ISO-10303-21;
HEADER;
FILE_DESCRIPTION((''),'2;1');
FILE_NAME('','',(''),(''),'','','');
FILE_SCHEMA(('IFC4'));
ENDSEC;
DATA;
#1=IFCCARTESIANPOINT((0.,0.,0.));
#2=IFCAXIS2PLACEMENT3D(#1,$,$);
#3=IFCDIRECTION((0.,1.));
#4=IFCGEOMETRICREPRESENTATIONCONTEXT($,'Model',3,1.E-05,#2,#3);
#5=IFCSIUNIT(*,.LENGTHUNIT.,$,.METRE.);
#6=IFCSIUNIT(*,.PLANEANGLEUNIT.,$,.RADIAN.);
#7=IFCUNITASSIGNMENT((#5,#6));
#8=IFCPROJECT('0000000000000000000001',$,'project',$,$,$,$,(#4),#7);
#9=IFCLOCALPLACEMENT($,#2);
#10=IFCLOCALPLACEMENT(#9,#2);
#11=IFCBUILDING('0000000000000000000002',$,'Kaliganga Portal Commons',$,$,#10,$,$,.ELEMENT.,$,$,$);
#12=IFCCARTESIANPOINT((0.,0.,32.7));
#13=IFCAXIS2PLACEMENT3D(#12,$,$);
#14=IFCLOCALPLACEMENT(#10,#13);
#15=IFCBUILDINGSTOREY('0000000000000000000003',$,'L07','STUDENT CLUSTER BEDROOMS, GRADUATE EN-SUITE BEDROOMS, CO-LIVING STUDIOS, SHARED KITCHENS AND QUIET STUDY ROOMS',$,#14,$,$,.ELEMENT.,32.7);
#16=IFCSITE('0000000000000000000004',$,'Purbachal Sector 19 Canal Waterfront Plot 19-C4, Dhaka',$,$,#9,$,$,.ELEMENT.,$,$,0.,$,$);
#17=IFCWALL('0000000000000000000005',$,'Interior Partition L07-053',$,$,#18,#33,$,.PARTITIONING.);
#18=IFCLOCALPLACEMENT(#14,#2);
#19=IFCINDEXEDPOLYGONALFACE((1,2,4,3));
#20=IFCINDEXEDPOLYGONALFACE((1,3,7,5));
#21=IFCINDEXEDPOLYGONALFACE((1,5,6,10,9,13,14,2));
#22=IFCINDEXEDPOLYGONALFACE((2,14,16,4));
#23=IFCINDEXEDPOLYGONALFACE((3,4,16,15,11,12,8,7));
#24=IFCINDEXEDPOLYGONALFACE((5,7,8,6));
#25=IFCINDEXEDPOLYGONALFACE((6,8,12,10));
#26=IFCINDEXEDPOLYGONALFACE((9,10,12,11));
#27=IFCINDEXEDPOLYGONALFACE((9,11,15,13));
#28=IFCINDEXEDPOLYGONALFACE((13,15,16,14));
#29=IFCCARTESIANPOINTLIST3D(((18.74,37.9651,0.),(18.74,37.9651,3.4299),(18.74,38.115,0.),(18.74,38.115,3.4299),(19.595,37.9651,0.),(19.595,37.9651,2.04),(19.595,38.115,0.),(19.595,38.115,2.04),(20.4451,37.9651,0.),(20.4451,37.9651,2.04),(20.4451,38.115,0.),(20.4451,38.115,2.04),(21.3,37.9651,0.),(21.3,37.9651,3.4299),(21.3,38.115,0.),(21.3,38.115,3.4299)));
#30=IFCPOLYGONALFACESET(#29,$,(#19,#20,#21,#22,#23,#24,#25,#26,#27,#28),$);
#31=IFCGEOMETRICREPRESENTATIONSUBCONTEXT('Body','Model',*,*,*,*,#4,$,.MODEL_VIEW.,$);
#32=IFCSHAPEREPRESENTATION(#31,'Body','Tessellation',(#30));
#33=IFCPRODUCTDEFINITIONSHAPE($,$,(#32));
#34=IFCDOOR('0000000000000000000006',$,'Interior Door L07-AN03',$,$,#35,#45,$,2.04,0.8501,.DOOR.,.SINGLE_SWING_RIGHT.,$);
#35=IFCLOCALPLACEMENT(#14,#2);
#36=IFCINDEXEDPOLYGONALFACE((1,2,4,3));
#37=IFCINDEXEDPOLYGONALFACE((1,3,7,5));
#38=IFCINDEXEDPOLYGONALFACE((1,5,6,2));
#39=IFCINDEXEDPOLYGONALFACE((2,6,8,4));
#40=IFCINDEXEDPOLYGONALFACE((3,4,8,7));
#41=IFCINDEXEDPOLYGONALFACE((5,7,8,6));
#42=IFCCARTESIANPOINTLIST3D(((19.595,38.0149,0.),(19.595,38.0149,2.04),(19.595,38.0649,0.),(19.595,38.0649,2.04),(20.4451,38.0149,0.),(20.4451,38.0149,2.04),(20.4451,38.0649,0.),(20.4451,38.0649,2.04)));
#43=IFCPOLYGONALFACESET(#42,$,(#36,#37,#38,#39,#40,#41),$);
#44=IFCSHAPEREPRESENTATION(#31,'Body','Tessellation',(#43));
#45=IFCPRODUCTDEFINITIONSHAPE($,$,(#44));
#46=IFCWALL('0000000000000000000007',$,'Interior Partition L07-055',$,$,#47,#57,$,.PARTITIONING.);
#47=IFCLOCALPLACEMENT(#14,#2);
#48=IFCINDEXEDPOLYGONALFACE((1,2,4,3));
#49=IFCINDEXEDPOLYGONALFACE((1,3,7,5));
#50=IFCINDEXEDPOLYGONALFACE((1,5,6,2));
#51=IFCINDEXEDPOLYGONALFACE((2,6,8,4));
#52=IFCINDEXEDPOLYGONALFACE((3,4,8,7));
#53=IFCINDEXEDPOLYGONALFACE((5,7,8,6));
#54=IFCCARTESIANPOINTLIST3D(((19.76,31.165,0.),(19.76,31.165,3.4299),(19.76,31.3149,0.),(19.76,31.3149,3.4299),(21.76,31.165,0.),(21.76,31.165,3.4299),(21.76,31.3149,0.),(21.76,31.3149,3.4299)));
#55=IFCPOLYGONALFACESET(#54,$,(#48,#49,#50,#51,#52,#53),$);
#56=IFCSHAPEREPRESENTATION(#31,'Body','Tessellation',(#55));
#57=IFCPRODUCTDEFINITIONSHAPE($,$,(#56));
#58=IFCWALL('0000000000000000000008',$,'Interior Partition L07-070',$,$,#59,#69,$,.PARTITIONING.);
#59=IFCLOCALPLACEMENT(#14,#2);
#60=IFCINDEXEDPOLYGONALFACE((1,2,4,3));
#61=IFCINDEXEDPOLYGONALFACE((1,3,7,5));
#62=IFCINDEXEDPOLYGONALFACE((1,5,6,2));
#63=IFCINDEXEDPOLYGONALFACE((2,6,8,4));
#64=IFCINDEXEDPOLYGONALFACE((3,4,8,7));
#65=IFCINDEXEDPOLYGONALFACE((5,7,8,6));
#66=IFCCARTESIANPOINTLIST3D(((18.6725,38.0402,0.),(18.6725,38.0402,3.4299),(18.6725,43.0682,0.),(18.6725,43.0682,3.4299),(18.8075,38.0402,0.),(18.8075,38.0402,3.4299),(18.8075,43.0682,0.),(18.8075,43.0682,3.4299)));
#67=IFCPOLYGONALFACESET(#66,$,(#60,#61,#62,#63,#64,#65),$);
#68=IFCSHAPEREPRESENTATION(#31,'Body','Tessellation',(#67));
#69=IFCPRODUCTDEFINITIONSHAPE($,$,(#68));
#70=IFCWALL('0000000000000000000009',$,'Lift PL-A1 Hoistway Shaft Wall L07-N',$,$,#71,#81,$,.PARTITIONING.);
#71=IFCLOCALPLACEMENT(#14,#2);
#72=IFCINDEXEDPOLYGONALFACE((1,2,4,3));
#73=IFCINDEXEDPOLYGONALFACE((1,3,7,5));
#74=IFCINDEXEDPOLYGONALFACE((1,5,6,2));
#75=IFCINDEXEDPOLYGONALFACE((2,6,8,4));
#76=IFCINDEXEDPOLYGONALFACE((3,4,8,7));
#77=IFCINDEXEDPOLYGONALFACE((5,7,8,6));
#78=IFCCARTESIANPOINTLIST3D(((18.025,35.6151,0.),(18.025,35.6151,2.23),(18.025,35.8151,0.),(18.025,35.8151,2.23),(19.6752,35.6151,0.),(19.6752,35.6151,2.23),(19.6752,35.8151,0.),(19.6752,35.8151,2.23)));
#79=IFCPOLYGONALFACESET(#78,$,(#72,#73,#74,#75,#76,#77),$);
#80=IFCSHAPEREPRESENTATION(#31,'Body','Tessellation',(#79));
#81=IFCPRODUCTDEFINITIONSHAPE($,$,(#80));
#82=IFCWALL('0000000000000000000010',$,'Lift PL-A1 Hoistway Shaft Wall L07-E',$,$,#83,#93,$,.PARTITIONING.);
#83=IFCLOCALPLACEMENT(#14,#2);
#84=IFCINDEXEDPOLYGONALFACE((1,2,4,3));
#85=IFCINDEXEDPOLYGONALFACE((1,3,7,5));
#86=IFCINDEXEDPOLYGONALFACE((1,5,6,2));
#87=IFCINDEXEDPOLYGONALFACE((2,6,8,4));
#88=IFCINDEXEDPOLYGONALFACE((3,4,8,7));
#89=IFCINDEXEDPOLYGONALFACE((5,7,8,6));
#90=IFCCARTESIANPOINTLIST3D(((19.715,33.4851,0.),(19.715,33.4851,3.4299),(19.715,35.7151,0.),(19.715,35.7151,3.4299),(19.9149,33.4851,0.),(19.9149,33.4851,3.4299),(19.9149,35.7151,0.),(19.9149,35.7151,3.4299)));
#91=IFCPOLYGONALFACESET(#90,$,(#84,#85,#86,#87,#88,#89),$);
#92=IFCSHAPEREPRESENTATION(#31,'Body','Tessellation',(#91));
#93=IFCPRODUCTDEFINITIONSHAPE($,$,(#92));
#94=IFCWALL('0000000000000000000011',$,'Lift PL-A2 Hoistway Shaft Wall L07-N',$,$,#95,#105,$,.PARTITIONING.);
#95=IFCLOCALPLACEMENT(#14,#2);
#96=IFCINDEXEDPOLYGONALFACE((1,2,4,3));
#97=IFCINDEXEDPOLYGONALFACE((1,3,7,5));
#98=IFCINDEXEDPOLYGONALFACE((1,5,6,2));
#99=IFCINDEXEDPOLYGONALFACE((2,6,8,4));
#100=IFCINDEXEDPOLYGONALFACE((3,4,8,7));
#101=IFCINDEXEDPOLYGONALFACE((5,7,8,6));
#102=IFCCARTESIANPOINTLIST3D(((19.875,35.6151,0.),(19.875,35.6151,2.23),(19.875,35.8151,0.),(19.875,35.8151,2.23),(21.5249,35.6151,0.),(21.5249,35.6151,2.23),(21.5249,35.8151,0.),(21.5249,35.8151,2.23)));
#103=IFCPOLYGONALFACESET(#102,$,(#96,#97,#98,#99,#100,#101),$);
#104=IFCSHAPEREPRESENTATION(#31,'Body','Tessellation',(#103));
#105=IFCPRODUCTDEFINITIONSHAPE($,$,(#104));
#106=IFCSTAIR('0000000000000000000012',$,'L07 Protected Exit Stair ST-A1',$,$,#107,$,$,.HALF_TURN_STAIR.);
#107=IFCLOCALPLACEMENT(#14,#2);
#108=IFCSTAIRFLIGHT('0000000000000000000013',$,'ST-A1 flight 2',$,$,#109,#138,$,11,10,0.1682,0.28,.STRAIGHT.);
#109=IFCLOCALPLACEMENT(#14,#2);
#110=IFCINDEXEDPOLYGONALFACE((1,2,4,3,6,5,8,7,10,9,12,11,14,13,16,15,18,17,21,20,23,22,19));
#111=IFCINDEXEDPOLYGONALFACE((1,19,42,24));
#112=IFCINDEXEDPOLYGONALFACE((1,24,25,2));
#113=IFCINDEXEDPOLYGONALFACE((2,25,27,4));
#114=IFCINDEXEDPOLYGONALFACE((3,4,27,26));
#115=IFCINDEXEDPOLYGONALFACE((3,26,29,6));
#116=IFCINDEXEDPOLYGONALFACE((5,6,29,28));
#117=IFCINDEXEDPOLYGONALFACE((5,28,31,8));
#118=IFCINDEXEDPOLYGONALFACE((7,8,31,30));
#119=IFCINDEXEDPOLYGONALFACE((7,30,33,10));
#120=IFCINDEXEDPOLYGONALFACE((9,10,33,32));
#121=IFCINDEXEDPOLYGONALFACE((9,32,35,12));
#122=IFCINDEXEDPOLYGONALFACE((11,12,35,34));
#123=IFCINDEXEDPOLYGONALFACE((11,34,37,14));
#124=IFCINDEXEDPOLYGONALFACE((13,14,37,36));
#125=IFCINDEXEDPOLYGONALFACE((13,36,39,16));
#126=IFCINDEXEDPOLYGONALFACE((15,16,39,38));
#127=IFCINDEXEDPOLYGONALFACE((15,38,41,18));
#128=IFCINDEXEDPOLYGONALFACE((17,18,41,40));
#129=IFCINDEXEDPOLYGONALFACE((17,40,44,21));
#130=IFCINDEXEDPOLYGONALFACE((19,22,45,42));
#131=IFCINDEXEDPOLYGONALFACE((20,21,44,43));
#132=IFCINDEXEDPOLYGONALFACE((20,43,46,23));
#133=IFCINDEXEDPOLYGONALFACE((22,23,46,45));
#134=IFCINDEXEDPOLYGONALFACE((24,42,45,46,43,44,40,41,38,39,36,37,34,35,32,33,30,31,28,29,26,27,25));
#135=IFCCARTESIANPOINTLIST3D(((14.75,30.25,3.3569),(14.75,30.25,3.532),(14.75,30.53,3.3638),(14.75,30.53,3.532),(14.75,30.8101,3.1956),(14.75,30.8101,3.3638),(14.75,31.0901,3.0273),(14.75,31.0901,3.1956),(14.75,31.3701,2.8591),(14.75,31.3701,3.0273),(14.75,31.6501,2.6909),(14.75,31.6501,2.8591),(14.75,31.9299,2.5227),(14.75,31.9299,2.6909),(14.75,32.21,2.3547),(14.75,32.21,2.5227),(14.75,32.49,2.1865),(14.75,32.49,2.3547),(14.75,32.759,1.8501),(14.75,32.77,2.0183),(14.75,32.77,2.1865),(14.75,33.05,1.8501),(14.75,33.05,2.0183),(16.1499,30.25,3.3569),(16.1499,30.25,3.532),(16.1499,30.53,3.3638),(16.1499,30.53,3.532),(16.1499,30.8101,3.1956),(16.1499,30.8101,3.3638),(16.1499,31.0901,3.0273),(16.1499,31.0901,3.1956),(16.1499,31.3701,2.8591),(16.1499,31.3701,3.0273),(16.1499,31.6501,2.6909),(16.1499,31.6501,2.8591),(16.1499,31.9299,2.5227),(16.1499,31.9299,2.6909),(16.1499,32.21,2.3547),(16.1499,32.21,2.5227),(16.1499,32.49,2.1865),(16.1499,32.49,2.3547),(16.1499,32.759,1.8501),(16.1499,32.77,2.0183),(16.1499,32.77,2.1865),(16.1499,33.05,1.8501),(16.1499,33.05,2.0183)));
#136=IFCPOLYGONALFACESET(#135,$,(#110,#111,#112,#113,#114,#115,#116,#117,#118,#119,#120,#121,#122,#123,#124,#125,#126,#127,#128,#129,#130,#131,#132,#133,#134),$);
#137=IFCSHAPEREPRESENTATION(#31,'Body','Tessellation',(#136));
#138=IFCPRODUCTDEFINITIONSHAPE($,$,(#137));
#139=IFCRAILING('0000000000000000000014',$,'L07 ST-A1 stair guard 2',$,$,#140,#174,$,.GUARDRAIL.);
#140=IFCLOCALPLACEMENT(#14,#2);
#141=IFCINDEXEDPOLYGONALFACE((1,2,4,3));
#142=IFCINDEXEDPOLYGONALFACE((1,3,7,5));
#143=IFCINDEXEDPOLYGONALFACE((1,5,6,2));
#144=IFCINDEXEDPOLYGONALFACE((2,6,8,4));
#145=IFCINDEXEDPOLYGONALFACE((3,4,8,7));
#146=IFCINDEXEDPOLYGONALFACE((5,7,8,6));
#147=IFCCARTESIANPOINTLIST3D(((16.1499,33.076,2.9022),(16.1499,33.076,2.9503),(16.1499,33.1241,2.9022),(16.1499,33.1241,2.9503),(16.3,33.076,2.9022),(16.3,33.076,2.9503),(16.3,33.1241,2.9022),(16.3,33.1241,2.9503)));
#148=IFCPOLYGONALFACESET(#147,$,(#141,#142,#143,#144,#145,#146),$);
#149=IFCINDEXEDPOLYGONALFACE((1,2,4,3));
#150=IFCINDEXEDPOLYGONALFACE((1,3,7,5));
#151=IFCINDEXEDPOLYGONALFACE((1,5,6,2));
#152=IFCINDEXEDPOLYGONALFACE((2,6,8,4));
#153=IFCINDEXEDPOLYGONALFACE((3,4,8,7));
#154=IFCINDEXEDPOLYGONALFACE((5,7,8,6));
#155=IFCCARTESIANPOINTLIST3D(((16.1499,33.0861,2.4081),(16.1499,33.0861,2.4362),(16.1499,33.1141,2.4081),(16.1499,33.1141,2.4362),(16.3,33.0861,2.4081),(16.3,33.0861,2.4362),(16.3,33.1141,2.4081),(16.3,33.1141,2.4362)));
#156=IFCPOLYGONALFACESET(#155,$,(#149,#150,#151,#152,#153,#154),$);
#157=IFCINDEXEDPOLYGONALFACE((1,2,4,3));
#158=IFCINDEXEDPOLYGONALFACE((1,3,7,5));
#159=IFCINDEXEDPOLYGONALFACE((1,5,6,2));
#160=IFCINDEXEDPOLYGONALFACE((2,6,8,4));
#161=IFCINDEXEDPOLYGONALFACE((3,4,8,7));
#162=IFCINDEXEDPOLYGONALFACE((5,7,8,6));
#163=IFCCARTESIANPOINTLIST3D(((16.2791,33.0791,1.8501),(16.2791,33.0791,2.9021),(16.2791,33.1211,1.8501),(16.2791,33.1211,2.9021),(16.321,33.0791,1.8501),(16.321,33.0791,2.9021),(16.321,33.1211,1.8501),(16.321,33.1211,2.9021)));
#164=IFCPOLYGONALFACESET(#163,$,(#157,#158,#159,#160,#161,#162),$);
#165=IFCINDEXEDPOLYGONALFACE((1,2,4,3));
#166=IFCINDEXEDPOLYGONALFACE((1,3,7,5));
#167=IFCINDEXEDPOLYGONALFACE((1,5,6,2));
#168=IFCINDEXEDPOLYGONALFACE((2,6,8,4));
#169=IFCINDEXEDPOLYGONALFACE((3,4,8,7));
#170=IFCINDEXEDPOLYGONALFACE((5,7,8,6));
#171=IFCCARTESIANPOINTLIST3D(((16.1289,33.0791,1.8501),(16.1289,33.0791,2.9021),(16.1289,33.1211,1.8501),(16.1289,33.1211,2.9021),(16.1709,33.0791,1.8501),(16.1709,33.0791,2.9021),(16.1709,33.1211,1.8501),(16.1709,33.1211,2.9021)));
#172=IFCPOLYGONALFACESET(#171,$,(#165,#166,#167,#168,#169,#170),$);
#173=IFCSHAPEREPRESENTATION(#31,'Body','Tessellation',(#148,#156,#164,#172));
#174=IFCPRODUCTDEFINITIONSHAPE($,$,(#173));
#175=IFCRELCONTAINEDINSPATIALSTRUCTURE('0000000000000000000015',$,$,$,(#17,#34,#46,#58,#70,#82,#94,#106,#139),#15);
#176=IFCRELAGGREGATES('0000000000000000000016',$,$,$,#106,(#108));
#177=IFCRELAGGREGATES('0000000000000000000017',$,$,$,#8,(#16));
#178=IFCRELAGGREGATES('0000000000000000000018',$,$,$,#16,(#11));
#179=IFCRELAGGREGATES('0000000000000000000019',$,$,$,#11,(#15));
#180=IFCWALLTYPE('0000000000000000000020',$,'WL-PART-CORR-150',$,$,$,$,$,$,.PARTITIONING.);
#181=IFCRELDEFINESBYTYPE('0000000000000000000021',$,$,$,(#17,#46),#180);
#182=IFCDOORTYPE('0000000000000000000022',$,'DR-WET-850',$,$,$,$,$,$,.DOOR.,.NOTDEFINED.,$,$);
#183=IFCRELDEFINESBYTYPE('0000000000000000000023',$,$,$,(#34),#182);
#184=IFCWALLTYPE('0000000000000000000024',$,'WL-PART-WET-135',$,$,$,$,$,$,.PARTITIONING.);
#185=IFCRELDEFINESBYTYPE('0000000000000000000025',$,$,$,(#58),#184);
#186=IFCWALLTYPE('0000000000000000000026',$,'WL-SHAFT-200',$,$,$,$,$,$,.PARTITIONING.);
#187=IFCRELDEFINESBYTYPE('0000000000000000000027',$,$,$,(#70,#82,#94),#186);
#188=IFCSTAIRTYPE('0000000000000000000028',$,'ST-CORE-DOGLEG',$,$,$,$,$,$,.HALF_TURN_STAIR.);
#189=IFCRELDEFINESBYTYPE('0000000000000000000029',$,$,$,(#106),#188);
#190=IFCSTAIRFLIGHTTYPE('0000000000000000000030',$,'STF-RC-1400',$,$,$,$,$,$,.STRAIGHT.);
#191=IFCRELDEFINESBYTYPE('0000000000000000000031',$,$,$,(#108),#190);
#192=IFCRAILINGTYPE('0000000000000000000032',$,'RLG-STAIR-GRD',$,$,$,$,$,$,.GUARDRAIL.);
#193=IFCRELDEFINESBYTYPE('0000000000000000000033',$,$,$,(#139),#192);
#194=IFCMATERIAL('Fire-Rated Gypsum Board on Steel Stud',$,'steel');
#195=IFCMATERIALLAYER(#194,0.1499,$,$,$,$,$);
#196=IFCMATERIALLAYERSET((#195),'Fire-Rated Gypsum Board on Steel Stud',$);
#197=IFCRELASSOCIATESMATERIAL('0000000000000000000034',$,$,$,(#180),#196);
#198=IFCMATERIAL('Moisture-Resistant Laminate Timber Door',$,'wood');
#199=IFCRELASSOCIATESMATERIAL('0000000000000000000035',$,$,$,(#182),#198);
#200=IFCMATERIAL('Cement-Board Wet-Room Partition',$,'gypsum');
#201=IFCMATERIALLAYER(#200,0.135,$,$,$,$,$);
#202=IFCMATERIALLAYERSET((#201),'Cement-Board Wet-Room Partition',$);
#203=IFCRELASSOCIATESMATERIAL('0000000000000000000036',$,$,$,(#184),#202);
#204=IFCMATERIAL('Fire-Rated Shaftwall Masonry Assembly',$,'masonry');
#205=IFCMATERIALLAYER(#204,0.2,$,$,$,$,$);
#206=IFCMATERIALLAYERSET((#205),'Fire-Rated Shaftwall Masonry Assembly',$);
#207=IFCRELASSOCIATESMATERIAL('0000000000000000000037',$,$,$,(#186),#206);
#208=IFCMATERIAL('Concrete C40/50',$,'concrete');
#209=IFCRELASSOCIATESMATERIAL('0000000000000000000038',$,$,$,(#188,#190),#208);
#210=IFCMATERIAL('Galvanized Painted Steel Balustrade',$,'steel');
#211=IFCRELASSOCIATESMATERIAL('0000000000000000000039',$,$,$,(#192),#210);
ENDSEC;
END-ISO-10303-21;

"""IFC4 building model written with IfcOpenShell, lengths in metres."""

from ifc_helpers import new_model, si_unit, direction, frame, frame_2d, origin, origin_2d, place, context, subcontext, project, spatial, polyline, rectangle, outline, extrude, material, layer, layer_set, type_object, element, fill, aggregate, save


model = new_model("IFC4")

# Units and contexts
model_context = context("Model", 3, precision=1e-05, world=origin(), true_north=direction((0.0, 1.0)))
body_context = subcontext(model_context, "Body", "Model", "MODEL_VIEW")
ifc_project = project(units=[si_unit("LENGTHUNIT", "METRE"), si_unit("PLANEANGLEUNIT", "RADIAN")], contexts=[model_context])

# Site, building, storey
site_placement = place(None, origin())
site = spatial("IfcSite", under=ifc_project, at=site_placement, Name="Purbachal Sector 19 Canal Waterfront Plot 19-C4, Dhaka", CompositionType="ELEMENT", RefElevation=0.0)
building_placement = place(site_placement, origin())
building = spatial("IfcBuilding", under=site, at=building_placement, Name="Kaliganga Portal Commons", CompositionType="ELEMENT")
storey_placement = place(building_placement, frame((0.0, 0.0, 32.7)))
storey = spatial("IfcBuildingStorey", under=building, at=storey_placement, Name="L07", Description="STUDENT CLUSTER BEDROOMS, GRADUATE EN-SUITE BEDROOMS, CO-LIVING STUDIOS, SHARED KITCHENS AND QUIET STUDY ROOMS", CompositionType="ELEMENT", Elevation=32.7)

# Wall, opening, door
ifc_material_1 = material(Name="Fire-Rated Gypsum Board on Steel Stud", Category="steel")
ifc_layer_1 = layer(ifc_material_1, 0.1499)
ifc_layer_set_1 = layer_set([ifc_layer_1], Name="Fire-Rated Gypsum Board on Steel Stud")
wall_type_1 = type_object("IfcWallType", Name="WL-PART-CORR-150", PredefinedType="PARTITIONING", material=ifc_layer_set_1)
wall_1_placement = place(storey_placement, frame((18.74, 38.04, 0.0), z_axis=(0.0, 0.0, 1.0), x_axis=(1.0, 0.0, 0.0)))
wall_1 = element("IfcWall", 1, at=wall_1_placement, inside=storey, type_object=wall_type_1, Name="Interior Partition L07-053", PredefinedType="PARTITIONING", context=body_context, shape_type="SweptSolid", body=[
    extrude(rectangle(XDim=2.5601, YDim=0.1499, at=frame_2d((1.28, 0.0))), origin(), (0.0, 0.0, 1.0), 3.4299),
])
opening_1_placement = place(wall_1_placement, frame((0.855, 0.0, 0.0)))
opening_1 = element("IfcOpeningElement", 2, at=opening_1_placement, cuts=wall_1, PredefinedType="OPENING", context=body_context, shape_type="SweptSolid", body=[
    extrude(rectangle(XDim=0.8501, YDim=2.04, at=frame_2d((0.425, 1.02))), frame((0.0, 0.085, 0.0), z_axis=(0.0, -1.0, 0.0), x_axis=(1.0, 0.0, 0.0)), (0.0, 0.0, 1.0), 0.1699),
])
ifc_material_2 = material(Name="Moisture-Resistant Laminate Timber Door", Category="wood")
door_type_1 = type_object("IfcDoorType", Name="DR-WET-850", OperationType="NOTDEFINED", PredefinedType="DOOR", material=ifc_material_2)
door_1_placement = place(opening_1_placement, origin())
door_1 = element("IfcDoor", 3, at=door_1_placement, inside=storey, type_object=door_type_1, Name="Interior Door L07-AN03", OperationType="SINGLE_SWING_RIGHT", OverallHeight=2.04, OverallWidth=0.8501, PredefinedType="DOOR", context=body_context, shape_type="SweptSolid", body=[
    extrude(rectangle(XDim=0.8501, YDim=2.04, at=frame_2d((0.425, 1.02))), frame((0.0, 0.0249, 0.0), z_axis=(0.0, -1.0, 0.0), x_axis=(1.0, 0.0, 0.0)), (0.0, 0.0, 1.0), 0.05),
])
fill(opening_1, door_1)

# Walls
wall_2_placement = place(storey_placement, frame((19.76, 31.24, 0.0), z_axis=(0.0, 0.0, 1.0), x_axis=(1.0, 0.0, 0.0)))
element("IfcWall", 4, at=wall_2_placement, inside=storey, type_object=wall_type_1, Name="Interior Partition L07-055", PredefinedType="PARTITIONING", context=body_context, shape_type="SweptSolid", body=[
    extrude(rectangle(XDim=2.0, YDim=0.1499, at=frame_2d((1.0, 0.0))), origin(), (0.0, 0.0, 1.0), 3.4299),
])
ifc_material_3 = material(Name="Cement-Board Wet-Room Partition", Category="gypsum")
ifc_layer_2 = layer(ifc_material_3, 0.135)
ifc_layer_set_2 = layer_set([ifc_layer_2], Name="Cement-Board Wet-Room Partition")
wall_type_2 = type_object("IfcWallType", Name="WL-PART-WET-135", PredefinedType="PARTITIONING", material=ifc_layer_set_2)
wall_3_placement = place(storey_placement, frame((18.74, 38.04, 0.0), z_axis=(0.0, 0.0, 1.0), x_axis=(0.0, 1.0, 0.0)))
element("IfcWall", 5, at=wall_3_placement, inside=storey, type_object=wall_type_2, Name="Interior Partition L07-070", PredefinedType="PARTITIONING", context=body_context, shape_type="SweptSolid", body=[
    extrude(rectangle(XDim=5.0281, YDim=0.135, at=frame_2d((2.5142, 0.0))), origin(), (0.0, 0.0, 1.0), 3.4299),
])

# Shared definitions
ifc_material_4 = material(Name="Fire-Rated Shaftwall Masonry Assembly", Category="masonry")
ifc_layer_3 = layer(ifc_material_4, 0.2)
ifc_layer_set_3 = layer_set([ifc_layer_3], Name="Fire-Rated Shaftwall Masonry Assembly")
wall_type_3 = type_object("IfcWallType", Name="WL-SHAFT-200", PredefinedType="PARTITIONING", material=ifc_layer_set_3)

# Walls
wall_4_placement = place(storey_placement, frame((18.0249, 35.7151, 0.0), z_axis=(0.0, 0.0, 1.0), x_axis=(1.0, 0.0, 0.0)))
element("IfcWall", 6, at=wall_4_placement, inside=storey, type_object=wall_type_3, Name="Lift PL-A1 Hoistway Shaft Wall L07-N", PredefinedType="PARTITIONING", context=body_context, shape_type="SweptSolid", body=[
    extrude(rectangle(XDim=1.6501, YDim=0.2, at=frame_2d((0.8252, 0.0))), origin(), (0.0, 0.0, 1.0), 2.23),
])
wall_5_placement = place(storey_placement, frame((19.8149, 33.4851, 0.0), z_axis=(0.0, 0.0, 1.0), x_axis=(0.0, 1.0, 0.0)))
element("IfcWall", 7, at=wall_5_placement, inside=storey, type_object=wall_type_3, Name="Lift PL-A1 Hoistway Shaft Wall L07-E", PredefinedType="PARTITIONING", context=body_context, shape_type="SweptSolid", body=[
    extrude(rectangle(XDim=2.23, YDim=0.2, at=frame_2d((1.115, 0.0))), origin(), (0.0, 0.0, 1.0), 3.4299),
])

# Wall
wall_6_placement = place(storey_placement, frame((19.875, 35.7151, 0.0), z_axis=(0.0, 0.0, 1.0), x_axis=(1.0, 0.0, 0.0)))
element("IfcWall", 8, at=wall_6_placement, inside=storey, type_object=wall_type_3, Name="Lift PL-A2 Hoistway Shaft Wall L07-N", PredefinedType="PARTITIONING", context=body_context, shape_type="SweptSolid", body=[
    extrude(rectangle(XDim=1.6499, YDim=0.2, at=frame_2d((0.825, 0.0))), origin(), (0.0, 0.0, 1.0), 2.23),
])

# Stair, stair flight
ifc_material_5 = material(Name="Concrete C40/50", Category="concrete")
stair_type = type_object("IfcStairType", Name="ST-CORE-DOGLEG", PredefinedType="HALF_TURN_STAIR", material=ifc_material_5)
stair_placement = place(storey_placement, origin())
stair = element("IfcStair", 9, at=stair_placement, inside=storey, type_object=stair_type, Name="L07 Protected Exit Stair ST-A1", PredefinedType="HALF_TURN_STAIR")
stair_flight_type = type_object("IfcStairFlightType", Name="STF-RC-1400", PredefinedType="STRAIGHT", material=ifc_material_5)
stair_flight_placement = place(storey_placement, frame((15.45, 33.05, 1.8501), z_axis=(0.0, 0.0, 1.0), x_axis=(0.0, -1.0, 0.0)))
stair_flight = element("IfcStairFlight", 10, at=stair_flight_placement, type_object=stair_flight_type, Name="ST-A1 flight 2", NumberOfRisers=11, NumberOfTreads=10, PredefinedType="STRAIGHT", RiserHeight=0.1682, TreadLength=0.28, context=body_context, shape_type="SweptSolid", body=[
    extrude(outline(polyline([(0.0, 0.0), (0.0, 0.1682), (0.28, 0.1682), (0.28, 0.3364), (0.5601, 0.3364), (0.5601, 0.5046), (0.8401, 0.5046), (0.8401, 0.6726), (1.1201, 0.6726), (1.1201, 0.8408), (1.3999, 0.8408), (1.3999, 1.009), (1.6799, 1.009), (1.6799, 1.1772), (1.96, 1.1772), (1.96, 1.3455), (2.24, 1.3455), (2.24, 1.5137), (2.52, 1.5137), (2.52, 1.6819), (2.8, 1.6819), (2.8, 1.8501), (2.8, 1.5068), (0.291, 0.0), (0.0, 0.0)])), frame((0.0, 0.7, 0.0), z_axis=(0.0, -1.0, 0.0), x_axis=(1.0, 0.0, 0.0)), (0.0, 0.0, 1.0), 1.3999),
])
aggregate(stair, [stair_flight])

# Railing
ifc_material_6 = material(Name="Galvanized Painted Steel Balustrade", Category="steel")
railing_type_1 = type_object("IfcRailingType", Name="RLG-STAIR-GRD", PredefinedType="GUARDRAIL", material=ifc_material_6)
railing_1_placement = place(storey_placement, frame((16.3, 33.1001, 1.8501)))
element("IfcRailing", 11, at=railing_1_placement, inside=storey, type_object=railing_type_1, Name="L07 ST-A1 stair guard 2", PredefinedType="GUARDRAIL", context=body_context, shape_type="SweptSolid", body=[
    extrude(rectangle(XDim=0.0481, YDim=0.0481, at=origin_2d()), frame((0.0, 0.0, 1.0762), z_axis=(-1.0, 0.0, 0.0), x_axis=(0.0, -1.0, 0.0)), (0.0, 0.0, 1.0), 0.1501),
    extrude(rectangle(XDim=0.0281, YDim=0.0281, at=origin_2d()), frame((0.0, 0.0, 0.572), z_axis=(-1.0, 0.0, 0.0), x_axis=(0.0, -1.0, 0.0)), (0.0, 0.0, 1.0), 0.1501),
    extrude(rectangle(XDim=0.042, YDim=0.042, at=origin_2d()), origin(), (0.0, 0.0, 1.0), 1.052),
    extrude(rectangle(XDim=0.042, YDim=0.042, at=origin_2d()), frame((-0.1501, 0.0, 0.0)), (0.0, 0.0, 1.0), 1.052),
])

save(model, "model.ifc")
